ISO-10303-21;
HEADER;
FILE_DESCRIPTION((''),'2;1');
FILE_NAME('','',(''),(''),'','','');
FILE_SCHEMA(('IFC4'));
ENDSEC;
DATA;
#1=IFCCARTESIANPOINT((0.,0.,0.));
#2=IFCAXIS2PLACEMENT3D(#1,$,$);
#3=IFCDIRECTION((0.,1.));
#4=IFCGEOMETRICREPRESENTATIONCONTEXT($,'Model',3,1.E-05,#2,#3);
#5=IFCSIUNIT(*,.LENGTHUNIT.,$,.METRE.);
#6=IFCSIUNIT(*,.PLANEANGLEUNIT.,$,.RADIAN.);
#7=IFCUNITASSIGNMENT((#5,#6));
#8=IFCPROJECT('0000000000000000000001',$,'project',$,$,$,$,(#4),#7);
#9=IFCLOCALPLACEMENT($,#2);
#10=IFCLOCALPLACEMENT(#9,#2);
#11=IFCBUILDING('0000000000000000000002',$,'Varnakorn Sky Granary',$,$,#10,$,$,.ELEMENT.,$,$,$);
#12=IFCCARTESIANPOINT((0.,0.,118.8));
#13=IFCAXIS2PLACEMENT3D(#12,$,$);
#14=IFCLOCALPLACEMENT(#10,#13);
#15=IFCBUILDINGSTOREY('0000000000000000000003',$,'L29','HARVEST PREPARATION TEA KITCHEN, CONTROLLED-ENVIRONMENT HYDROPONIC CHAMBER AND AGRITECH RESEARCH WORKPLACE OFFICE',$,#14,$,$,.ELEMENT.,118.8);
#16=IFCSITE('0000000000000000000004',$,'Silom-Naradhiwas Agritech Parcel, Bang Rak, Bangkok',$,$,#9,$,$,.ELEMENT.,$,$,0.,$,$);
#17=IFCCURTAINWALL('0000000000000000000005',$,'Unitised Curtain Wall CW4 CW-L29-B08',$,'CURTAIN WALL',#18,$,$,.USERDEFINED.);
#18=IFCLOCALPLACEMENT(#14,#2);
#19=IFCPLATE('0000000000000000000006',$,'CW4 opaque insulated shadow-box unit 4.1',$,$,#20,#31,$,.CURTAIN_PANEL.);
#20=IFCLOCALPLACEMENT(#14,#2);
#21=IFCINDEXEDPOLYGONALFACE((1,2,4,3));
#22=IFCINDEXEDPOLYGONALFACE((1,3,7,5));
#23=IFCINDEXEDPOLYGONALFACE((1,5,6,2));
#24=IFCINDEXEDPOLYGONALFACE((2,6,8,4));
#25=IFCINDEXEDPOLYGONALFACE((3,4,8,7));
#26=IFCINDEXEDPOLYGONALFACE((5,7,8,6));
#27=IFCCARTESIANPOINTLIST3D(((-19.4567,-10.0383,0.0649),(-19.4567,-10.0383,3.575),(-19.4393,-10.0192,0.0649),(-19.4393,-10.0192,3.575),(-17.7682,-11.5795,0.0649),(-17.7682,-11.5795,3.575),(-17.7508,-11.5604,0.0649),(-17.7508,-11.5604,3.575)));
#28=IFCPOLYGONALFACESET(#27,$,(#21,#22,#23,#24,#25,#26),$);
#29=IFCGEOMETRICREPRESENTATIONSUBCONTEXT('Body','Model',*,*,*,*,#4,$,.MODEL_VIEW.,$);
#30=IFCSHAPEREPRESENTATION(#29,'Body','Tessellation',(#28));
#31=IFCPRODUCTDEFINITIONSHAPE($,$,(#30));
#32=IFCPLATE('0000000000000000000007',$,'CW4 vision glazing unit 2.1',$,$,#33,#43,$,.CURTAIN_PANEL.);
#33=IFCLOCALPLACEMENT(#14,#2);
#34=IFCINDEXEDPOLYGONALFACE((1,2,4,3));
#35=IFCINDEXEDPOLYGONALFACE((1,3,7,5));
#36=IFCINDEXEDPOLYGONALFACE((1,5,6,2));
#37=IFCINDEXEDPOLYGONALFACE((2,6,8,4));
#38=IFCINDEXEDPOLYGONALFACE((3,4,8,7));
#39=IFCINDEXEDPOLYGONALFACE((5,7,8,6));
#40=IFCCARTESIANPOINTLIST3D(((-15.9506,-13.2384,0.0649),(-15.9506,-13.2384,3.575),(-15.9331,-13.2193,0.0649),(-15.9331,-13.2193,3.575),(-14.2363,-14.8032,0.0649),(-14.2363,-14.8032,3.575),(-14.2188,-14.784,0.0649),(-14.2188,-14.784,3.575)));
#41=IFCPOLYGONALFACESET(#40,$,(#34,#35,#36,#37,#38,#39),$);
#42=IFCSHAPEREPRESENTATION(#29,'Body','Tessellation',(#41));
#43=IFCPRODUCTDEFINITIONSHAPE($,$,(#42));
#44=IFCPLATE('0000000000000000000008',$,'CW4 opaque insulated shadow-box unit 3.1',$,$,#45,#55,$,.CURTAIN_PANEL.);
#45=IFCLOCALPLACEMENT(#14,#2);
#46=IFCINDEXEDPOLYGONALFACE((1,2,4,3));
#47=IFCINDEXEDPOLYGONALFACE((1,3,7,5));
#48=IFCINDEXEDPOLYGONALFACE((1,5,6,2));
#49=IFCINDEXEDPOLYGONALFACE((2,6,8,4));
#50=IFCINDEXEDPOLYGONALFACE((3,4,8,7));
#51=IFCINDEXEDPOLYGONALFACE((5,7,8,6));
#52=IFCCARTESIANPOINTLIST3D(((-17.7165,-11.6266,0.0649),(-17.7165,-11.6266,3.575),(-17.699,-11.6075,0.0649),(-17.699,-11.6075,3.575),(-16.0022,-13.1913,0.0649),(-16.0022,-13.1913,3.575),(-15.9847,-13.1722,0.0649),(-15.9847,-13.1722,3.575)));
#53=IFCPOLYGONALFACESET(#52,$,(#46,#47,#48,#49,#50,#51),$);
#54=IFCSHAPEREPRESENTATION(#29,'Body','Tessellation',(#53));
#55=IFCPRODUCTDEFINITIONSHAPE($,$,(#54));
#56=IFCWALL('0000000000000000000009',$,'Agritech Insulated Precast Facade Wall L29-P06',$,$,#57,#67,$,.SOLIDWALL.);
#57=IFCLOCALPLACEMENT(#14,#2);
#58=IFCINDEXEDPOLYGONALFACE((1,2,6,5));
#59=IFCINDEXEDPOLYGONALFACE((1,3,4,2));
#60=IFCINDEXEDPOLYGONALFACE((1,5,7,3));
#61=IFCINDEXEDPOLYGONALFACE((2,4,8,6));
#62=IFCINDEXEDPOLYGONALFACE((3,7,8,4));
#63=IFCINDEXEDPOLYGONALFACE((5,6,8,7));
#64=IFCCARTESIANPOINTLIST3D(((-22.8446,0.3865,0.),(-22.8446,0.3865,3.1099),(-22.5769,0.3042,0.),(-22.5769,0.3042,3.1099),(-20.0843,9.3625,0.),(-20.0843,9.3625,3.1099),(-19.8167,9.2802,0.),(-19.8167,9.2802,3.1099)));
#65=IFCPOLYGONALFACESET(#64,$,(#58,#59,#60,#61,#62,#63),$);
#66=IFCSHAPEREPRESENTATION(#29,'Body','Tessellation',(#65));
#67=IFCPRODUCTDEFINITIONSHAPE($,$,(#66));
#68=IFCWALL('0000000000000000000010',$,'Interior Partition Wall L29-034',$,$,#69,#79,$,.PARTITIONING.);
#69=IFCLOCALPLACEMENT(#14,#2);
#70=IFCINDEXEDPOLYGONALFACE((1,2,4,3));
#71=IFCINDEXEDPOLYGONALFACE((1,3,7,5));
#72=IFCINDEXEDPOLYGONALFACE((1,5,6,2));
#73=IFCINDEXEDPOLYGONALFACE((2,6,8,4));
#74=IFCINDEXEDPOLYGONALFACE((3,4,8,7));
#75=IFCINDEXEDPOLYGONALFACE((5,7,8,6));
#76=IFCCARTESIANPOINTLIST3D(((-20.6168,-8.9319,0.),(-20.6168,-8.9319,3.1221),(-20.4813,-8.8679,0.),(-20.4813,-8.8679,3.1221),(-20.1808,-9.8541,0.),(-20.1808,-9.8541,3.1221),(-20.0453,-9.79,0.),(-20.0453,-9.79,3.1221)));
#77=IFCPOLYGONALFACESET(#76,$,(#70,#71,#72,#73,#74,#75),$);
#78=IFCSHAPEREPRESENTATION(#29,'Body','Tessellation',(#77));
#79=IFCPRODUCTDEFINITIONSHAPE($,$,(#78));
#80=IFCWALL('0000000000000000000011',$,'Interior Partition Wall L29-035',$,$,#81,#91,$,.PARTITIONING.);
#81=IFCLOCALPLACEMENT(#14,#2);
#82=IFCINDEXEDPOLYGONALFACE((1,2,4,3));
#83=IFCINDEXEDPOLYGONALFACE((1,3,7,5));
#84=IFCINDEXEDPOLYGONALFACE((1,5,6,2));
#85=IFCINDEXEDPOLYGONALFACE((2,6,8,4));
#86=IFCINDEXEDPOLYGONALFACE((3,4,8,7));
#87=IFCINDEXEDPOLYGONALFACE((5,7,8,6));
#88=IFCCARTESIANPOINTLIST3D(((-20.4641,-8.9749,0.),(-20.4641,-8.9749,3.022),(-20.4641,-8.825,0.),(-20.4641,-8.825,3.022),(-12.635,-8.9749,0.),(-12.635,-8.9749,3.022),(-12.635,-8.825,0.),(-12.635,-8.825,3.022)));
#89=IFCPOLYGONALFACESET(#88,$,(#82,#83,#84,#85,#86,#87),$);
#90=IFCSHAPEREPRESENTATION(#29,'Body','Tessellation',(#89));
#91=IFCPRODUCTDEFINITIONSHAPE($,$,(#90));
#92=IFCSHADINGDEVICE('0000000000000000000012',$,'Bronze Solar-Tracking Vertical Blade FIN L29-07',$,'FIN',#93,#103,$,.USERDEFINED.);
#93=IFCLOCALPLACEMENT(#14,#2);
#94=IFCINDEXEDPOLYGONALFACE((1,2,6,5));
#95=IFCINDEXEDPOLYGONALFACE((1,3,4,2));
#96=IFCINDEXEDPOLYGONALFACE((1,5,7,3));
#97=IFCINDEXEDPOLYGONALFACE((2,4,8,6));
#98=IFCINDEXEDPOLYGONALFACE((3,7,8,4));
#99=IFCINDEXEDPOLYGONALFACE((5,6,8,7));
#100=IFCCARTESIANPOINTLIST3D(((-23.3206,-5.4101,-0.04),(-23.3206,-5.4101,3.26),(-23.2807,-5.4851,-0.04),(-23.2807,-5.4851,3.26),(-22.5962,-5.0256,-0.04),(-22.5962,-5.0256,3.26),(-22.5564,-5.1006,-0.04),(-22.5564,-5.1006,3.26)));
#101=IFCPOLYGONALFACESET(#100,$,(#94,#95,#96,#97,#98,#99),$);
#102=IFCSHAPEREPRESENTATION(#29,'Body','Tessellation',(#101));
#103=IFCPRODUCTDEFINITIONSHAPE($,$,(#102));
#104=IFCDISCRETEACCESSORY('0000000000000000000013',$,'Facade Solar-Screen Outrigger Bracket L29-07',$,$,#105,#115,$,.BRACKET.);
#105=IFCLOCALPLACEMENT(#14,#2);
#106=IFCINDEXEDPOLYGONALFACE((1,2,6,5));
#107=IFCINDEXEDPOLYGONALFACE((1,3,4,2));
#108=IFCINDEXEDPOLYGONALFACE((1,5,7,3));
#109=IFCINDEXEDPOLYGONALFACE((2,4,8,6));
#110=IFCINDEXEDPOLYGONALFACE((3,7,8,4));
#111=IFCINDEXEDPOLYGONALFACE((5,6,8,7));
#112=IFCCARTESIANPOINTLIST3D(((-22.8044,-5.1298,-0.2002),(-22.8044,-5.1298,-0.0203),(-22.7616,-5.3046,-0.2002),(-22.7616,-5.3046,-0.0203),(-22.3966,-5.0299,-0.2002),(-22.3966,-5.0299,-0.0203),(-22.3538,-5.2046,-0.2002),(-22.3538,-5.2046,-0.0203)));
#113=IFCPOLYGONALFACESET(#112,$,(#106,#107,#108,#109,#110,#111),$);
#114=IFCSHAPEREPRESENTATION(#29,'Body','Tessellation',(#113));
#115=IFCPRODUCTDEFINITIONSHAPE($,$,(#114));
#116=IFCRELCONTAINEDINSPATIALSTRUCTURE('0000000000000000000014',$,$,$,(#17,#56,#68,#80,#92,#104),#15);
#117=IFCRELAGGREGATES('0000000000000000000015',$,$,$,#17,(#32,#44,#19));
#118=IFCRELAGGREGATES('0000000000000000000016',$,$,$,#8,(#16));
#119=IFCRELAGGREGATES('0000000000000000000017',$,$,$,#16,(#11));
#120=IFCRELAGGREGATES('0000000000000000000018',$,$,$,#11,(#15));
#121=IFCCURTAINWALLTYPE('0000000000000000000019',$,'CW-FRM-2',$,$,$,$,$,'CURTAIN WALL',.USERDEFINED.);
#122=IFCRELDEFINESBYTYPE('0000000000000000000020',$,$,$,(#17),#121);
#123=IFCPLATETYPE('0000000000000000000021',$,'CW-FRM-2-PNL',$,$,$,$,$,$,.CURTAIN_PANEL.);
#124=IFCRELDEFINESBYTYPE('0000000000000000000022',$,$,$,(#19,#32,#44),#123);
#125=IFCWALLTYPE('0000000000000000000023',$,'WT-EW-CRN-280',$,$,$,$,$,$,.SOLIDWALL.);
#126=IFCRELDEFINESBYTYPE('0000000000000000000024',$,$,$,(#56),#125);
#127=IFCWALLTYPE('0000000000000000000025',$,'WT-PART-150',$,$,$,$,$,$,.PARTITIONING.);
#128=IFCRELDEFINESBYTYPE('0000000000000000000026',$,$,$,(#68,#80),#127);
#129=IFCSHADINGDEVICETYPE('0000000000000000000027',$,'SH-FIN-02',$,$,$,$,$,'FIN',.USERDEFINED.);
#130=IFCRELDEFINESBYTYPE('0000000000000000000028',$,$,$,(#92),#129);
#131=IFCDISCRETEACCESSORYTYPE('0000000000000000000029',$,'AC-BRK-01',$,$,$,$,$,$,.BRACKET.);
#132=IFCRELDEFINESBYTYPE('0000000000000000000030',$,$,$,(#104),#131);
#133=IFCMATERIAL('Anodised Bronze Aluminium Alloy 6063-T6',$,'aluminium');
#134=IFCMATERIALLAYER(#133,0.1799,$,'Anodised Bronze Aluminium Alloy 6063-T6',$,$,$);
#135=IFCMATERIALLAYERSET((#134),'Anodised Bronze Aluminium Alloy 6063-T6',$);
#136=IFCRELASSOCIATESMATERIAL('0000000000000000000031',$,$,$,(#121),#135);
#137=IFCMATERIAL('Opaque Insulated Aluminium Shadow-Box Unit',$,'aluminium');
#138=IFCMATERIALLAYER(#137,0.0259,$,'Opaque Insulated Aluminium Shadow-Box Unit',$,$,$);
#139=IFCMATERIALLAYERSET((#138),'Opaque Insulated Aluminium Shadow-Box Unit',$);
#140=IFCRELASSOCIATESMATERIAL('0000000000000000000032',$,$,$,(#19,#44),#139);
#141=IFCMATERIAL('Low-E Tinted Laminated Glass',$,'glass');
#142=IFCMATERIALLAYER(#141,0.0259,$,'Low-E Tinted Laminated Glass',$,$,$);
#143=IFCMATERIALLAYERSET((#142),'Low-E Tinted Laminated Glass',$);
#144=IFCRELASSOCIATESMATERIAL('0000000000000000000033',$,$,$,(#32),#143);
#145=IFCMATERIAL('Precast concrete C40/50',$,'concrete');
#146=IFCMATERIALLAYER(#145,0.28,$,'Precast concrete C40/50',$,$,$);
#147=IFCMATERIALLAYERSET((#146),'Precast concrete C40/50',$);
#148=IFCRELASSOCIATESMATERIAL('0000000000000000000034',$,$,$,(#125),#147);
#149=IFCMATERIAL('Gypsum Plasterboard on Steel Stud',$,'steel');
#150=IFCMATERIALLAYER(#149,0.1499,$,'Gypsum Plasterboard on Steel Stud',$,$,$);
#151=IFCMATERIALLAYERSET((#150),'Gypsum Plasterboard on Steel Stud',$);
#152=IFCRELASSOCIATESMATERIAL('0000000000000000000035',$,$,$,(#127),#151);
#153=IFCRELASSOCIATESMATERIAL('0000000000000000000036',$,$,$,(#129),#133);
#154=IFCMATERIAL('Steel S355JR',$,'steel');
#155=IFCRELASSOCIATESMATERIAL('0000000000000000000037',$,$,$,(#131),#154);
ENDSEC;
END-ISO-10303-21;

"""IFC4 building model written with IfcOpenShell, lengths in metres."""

from ifc_helpers import new_model, si_unit, direction, frame, frame_2d, origin, origin_2d, place, context, subcontext, project, spatial, rectangle, extrude, source, transform, mapped, material, layer, layer_set, type_object, type_shapes, element, aggregate, save


model = new_model("IFC4")

# Units and contexts
model_context = context("Model", 3, precision=1e-05, world=origin(), true_north=direction((0.0, 1.0)))
body_context = subcontext(model_context, "Body", "Model", "MODEL_VIEW")
ifc_project = project(units=[si_unit("LENGTHUNIT", "METRE"), si_unit("PLANEANGLEUNIT", "RADIAN")], contexts=[model_context])

# Site, building, storey
site_placement = place(None, origin())
site = spatial("IfcSite", under=ifc_project, at=site_placement, Name="Silom-Naradhiwas Agritech Parcel, Bang Rak, Bangkok", CompositionType="ELEMENT", RefElevation=0.0)
building_placement = place(site_placement, origin())
building = spatial("IfcBuilding", under=site, at=building_placement, Name="Varnakorn Sky Granary", CompositionType="ELEMENT")
storey_placement = place(building_placement, frame((0.0, 0.0, 118.8)))
storey = spatial("IfcBuildingStorey", under=building, at=storey_placement, Name="L29", Description="HARVEST PREPARATION TEA KITCHEN, CONTROLLED-ENVIRONMENT HYDROPONIC CHAMBER AND AGRITECH RESEARCH WORKPLACE OFFICE", CompositionType="ELEMENT", Elevation=118.8)

# Shared definitions
ifc_material_1 = material(Name="Steel S355JR", Category="steel")

# Curtain wall
ifc_material_2 = material(Name="Anodised Bronze Aluminium Alloy 6063-T6", Category="aluminium")
ifc_layer_1 = layer(ifc_material_2, 0.1799, Name="Anodised Bronze Aluminium Alloy 6063-T6")
ifc_layer_set_1 = layer_set([ifc_layer_1], Name="Anodised Bronze Aluminium Alloy 6063-T6")
curtain_wall_type = type_object("IfcCurtainWallType", Name="CW-FRM-2", ElementType="CURTAIN WALL", PredefinedType="USERDEFINED", material=ifc_layer_set_1)
curtain_wall_1_placement = place(storey_placement, origin())
curtain_wall_1 = element("IfcCurtainWall", 1, at=curtain_wall_1_placement, inside=storey, type_object=curtain_wall_type, Name="Unitised Curtain Wall CW4 CW-L29-B08", ObjectType="CURTAIN WALL", PredefinedType="USERDEFINED")

# Plates
ifc_material_3 = material(Name="Opaque Insulated Aluminium Shadow-Box Unit", Category="aluminium")
ifc_layer_2 = layer(ifc_material_3, 0.0259, Name="Opaque Insulated Aluminium Shadow-Box Unit")
ifc_layer_set_2 = layer_set([ifc_layer_2], Name="Opaque Insulated Aluminium Shadow-Box Unit")
plate_type = type_object("IfcPlateType", Name="CW-FRM-2-PNL", PredefinedType="CURTAIN_PANEL")
ifc_material_4 = material(Name="Low-E Tinted Laminated Glass", Category="glass")
ifc_layer_3 = layer(ifc_material_4, 0.0259, Name="Low-E Tinted Laminated Glass")
ifc_layer_set_3 = layer_set([ifc_layer_3], Name="Low-E Tinted Laminated Glass")
shared_shape_1 = source(origin(), body_context, "Body", "SweptSolid", [
    extrude(rectangle(XDim=2.2861, YDim=0.0259, at=origin_2d()), origin(), (0.0, 0.0, 1.0), 3.51),
])
plate_1_placement = place(storey_placement, frame((-18.6038, -10.7993, 0.0649), z_axis=(0.0, 0.0, 1.0), x_axis=(-0.738592, 0.674153, 0.0)))
plate_1 = element("IfcPlate", 2, at=plate_1_placement, type_object=plate_type, material=ifc_layer_set_2, Name="CW4 opaque insulated shadow-box unit 4.1", PredefinedType="CURTAIN_PANEL", context=body_context, shape_type="MappedRepresentation", body=[
    mapped(shared_shape_1, transform((0.0, 0.0, 0.0), x_axis=(1.0, 0.0, 0.0), y_axis=(0.0, 1.0, 0.0), z_axis=(0.0, 0.0, 1.0), scale=1.0)),
])
shared_shape_2 = source(origin(), body_context, "Body", "SweptSolid", [
    extrude(rectangle(XDim=2.321, YDim=0.0259, at=origin_2d()), origin(), (0.0, 0.0, 1.0), 3.51),
])
plate_2_placement = place(storey_placement, frame((-15.0847, -14.0112, 0.0649), z_axis=(0.0, 0.0, 1.0), x_axis=(-0.738592, 0.674153, 0.0)))
plate_2 = element("IfcPlate", 3, at=plate_2_placement, type_object=plate_type, material=ifc_layer_set_3, Name="CW4 vision glazing unit 2.1", PredefinedType="CURTAIN_PANEL", context=body_context, shape_type="MappedRepresentation", body=[
    mapped(shared_shape_2, transform((0.0, 0.0, 0.0), x_axis=(1.0, 0.0, 0.0), y_axis=(0.0, 1.0, 0.0), z_axis=(0.0, 0.0, 1.0), scale=1.0)),
])
plate_3_placement = place(storey_placement, frame((-16.8506, -12.3994, 0.0649), z_axis=(0.0, 0.0, 1.0), x_axis=(-0.738592, 0.674153, 0.0)))
plate_3 = element("IfcPlate", 4, at=plate_3_placement, type_object=plate_type, material=ifc_layer_set_2, Name="CW4 opaque insulated shadow-box unit 3.1", PredefinedType="CURTAIN_PANEL", context=body_context, shape_type="MappedRepresentation", body=[
    mapped(shared_shape_2, transform((0.0, 0.0, 0.0), x_axis=(1.0, 0.0, 0.0), y_axis=(0.0, 1.0, 0.0), z_axis=(0.0, 0.0, 1.0), scale=1.0)),
])
aggregate(curtain_wall_1, [plate_2, plate_3, plate_1])

# Walls
ifc_material_5 = material(Name="Precast concrete C40/50", Category="concrete")
ifc_layer_4 = layer(ifc_material_5, 0.28, Name="Precast concrete C40/50")
ifc_layer_set_4 = layer_set([ifc_layer_4], Name="Precast concrete C40/50")
wall_type_1 = type_object("IfcWallType", Name="WT-EW-CRN-280", PredefinedType="SOLIDWALL", material=ifc_layer_set_4)
wall_1_placement = place(storey_placement, frame((-22.7107, 0.3455, 0.0), z_axis=(0.0, 0.0, 1.0), x_axis=(0.293929, 0.955827, 0.0)))
element("IfcWall", 5, at=wall_1_placement, inside=storey, type_object=wall_type_1, Name="Agritech Insulated Precast Facade Wall L29-P06", PredefinedType="SOLIDWALL", context=body_context, shape_type="SweptSolid", body=[
    extrude(rectangle(XDim=9.3909, YDim=0.28, at=frame_2d((4.6953, 0.0))), origin(), (0.0, 0.0, 1.0), 3.1099),
])
ifc_material_6 = material(Name="Gypsum Plasterboard on Steel Stud", Category="steel")
ifc_layer_5 = layer(ifc_material_6, 0.1499, Name="Gypsum Plasterboard on Steel Stud")
ifc_layer_set_5 = layer_set([ifc_layer_5], Name="Gypsum Plasterboard on Steel Stud")
wall_type_2 = type_object("IfcWallType", Name="WT-PART-150", PredefinedType="PARTITIONING", material=ifc_layer_set_5)
wall_2_placement = place(storey_placement, frame((-20.113, -9.822, 0.0), z_axis=(0.0, 0.0, 1.0), x_axis=(-0.427479, 0.904025, 0.0)))
element("IfcWall", 6, at=wall_2_placement, inside=storey, type_object=wall_type_2, Name="Interior Partition Wall L29-034", PredefinedType="PARTITIONING", context=body_context, shape_type="SweptSolid", body=[
    extrude(rectangle(XDim=1.02, YDim=0.1499, at=frame_2d((0.51, 0.0))), origin(), (0.0, 0.0, 1.0), 3.1221),
])
wall_3_placement = place(storey_placement, frame((-20.4641, -8.8999, 0.0), z_axis=(0.0, 0.0, 1.0), x_axis=(1.0, 0.0, 0.0)))
element("IfcWall", 7, at=wall_3_placement, inside=storey, type_object=wall_type_2, Name="Interior Partition Wall L29-035", PredefinedType="PARTITIONING", context=body_context, shape_type="SweptSolid", body=[
    extrude(rectangle(XDim=7.8291, YDim=0.1499, at=frame_2d((3.9146, 0.0))), origin(), (0.0, 0.0, 1.0), 3.022),
])

# Shading device
shading_device_type = type_object("IfcShadingDeviceType", Name="SH-FIN-02", ElementType="FIN", PredefinedType="USERDEFINED", material=ifc_material_2)
shared_shape_3 = source(origin(), body_context, "Body", "SweptSolid", [
    extrude(rectangle(XDim=0.085, YDim=0.8201, at=origin_2d()), origin(), (0.0, 0.0, 1.0), 3.3),
])
type_shapes(shading_device_type, [shared_shape_3])
shading_device_placement = place(storey_placement, frame((-22.9385, -5.2554, -0.04), z_axis=(0.0, 0.0, 1.0), x_axis=(0.468849, -0.883278, 0.0)))
element("IfcShadingDevice", 8, at=shading_device_placement, inside=storey, type_object=shading_device_type, Name="Bronze Solar-Tracking Vertical Blade FIN L29-07", ObjectType="FIN", PredefinedType="USERDEFINED", context=body_context, shape_type="MappedRepresentation", body=[
    mapped(shared_shape_3, transform((0.0, 0.0, 0.0), x_axis=(1.0, 0.0, 0.0), y_axis=(0.0, 1.0, 0.0), z_axis=(0.0, 0.0, 1.0), scale=1.0)),
])

# Discrete accessory
discrete_accessory_type = type_object("IfcDiscreteAccessoryType", Name="AC-BRK-01", PredefinedType="BRACKET", material=ifc_material_1)
shared_shape_4 = source(origin(), body_context, "Body", "SweptSolid", [
    extrude(rectangle(XDim=0.1799, YDim=0.4199, at=origin_2d()), origin(), (0.0, 0.0, 1.0), 0.1799),
])
type_shapes(discrete_accessory_type, [shared_shape_4])
discrete_accessory_placement = place(storey_placement, frame((-22.5791, -5.1672, -0.2002), z_axis=(0.0, 0.0, 1.0), x_axis=(0.238084, -0.971245, 0.0)))
element("IfcDiscreteAccessory", 9, at=discrete_accessory_placement, inside=storey, type_object=discrete_accessory_type, Name="Facade Solar-Screen Outrigger Bracket L29-07", PredefinedType="BRACKET", context=body_context, shape_type="MappedRepresentation", body=[
    mapped(shared_shape_4, transform((0.0, 0.0, 0.0), x_axis=(1.0, 0.0, 0.0), y_axis=(0.0, 1.0, 0.0), z_axis=(0.0, 0.0, 1.0), scale=1.0)),
])

save(model, "model.ifc")
